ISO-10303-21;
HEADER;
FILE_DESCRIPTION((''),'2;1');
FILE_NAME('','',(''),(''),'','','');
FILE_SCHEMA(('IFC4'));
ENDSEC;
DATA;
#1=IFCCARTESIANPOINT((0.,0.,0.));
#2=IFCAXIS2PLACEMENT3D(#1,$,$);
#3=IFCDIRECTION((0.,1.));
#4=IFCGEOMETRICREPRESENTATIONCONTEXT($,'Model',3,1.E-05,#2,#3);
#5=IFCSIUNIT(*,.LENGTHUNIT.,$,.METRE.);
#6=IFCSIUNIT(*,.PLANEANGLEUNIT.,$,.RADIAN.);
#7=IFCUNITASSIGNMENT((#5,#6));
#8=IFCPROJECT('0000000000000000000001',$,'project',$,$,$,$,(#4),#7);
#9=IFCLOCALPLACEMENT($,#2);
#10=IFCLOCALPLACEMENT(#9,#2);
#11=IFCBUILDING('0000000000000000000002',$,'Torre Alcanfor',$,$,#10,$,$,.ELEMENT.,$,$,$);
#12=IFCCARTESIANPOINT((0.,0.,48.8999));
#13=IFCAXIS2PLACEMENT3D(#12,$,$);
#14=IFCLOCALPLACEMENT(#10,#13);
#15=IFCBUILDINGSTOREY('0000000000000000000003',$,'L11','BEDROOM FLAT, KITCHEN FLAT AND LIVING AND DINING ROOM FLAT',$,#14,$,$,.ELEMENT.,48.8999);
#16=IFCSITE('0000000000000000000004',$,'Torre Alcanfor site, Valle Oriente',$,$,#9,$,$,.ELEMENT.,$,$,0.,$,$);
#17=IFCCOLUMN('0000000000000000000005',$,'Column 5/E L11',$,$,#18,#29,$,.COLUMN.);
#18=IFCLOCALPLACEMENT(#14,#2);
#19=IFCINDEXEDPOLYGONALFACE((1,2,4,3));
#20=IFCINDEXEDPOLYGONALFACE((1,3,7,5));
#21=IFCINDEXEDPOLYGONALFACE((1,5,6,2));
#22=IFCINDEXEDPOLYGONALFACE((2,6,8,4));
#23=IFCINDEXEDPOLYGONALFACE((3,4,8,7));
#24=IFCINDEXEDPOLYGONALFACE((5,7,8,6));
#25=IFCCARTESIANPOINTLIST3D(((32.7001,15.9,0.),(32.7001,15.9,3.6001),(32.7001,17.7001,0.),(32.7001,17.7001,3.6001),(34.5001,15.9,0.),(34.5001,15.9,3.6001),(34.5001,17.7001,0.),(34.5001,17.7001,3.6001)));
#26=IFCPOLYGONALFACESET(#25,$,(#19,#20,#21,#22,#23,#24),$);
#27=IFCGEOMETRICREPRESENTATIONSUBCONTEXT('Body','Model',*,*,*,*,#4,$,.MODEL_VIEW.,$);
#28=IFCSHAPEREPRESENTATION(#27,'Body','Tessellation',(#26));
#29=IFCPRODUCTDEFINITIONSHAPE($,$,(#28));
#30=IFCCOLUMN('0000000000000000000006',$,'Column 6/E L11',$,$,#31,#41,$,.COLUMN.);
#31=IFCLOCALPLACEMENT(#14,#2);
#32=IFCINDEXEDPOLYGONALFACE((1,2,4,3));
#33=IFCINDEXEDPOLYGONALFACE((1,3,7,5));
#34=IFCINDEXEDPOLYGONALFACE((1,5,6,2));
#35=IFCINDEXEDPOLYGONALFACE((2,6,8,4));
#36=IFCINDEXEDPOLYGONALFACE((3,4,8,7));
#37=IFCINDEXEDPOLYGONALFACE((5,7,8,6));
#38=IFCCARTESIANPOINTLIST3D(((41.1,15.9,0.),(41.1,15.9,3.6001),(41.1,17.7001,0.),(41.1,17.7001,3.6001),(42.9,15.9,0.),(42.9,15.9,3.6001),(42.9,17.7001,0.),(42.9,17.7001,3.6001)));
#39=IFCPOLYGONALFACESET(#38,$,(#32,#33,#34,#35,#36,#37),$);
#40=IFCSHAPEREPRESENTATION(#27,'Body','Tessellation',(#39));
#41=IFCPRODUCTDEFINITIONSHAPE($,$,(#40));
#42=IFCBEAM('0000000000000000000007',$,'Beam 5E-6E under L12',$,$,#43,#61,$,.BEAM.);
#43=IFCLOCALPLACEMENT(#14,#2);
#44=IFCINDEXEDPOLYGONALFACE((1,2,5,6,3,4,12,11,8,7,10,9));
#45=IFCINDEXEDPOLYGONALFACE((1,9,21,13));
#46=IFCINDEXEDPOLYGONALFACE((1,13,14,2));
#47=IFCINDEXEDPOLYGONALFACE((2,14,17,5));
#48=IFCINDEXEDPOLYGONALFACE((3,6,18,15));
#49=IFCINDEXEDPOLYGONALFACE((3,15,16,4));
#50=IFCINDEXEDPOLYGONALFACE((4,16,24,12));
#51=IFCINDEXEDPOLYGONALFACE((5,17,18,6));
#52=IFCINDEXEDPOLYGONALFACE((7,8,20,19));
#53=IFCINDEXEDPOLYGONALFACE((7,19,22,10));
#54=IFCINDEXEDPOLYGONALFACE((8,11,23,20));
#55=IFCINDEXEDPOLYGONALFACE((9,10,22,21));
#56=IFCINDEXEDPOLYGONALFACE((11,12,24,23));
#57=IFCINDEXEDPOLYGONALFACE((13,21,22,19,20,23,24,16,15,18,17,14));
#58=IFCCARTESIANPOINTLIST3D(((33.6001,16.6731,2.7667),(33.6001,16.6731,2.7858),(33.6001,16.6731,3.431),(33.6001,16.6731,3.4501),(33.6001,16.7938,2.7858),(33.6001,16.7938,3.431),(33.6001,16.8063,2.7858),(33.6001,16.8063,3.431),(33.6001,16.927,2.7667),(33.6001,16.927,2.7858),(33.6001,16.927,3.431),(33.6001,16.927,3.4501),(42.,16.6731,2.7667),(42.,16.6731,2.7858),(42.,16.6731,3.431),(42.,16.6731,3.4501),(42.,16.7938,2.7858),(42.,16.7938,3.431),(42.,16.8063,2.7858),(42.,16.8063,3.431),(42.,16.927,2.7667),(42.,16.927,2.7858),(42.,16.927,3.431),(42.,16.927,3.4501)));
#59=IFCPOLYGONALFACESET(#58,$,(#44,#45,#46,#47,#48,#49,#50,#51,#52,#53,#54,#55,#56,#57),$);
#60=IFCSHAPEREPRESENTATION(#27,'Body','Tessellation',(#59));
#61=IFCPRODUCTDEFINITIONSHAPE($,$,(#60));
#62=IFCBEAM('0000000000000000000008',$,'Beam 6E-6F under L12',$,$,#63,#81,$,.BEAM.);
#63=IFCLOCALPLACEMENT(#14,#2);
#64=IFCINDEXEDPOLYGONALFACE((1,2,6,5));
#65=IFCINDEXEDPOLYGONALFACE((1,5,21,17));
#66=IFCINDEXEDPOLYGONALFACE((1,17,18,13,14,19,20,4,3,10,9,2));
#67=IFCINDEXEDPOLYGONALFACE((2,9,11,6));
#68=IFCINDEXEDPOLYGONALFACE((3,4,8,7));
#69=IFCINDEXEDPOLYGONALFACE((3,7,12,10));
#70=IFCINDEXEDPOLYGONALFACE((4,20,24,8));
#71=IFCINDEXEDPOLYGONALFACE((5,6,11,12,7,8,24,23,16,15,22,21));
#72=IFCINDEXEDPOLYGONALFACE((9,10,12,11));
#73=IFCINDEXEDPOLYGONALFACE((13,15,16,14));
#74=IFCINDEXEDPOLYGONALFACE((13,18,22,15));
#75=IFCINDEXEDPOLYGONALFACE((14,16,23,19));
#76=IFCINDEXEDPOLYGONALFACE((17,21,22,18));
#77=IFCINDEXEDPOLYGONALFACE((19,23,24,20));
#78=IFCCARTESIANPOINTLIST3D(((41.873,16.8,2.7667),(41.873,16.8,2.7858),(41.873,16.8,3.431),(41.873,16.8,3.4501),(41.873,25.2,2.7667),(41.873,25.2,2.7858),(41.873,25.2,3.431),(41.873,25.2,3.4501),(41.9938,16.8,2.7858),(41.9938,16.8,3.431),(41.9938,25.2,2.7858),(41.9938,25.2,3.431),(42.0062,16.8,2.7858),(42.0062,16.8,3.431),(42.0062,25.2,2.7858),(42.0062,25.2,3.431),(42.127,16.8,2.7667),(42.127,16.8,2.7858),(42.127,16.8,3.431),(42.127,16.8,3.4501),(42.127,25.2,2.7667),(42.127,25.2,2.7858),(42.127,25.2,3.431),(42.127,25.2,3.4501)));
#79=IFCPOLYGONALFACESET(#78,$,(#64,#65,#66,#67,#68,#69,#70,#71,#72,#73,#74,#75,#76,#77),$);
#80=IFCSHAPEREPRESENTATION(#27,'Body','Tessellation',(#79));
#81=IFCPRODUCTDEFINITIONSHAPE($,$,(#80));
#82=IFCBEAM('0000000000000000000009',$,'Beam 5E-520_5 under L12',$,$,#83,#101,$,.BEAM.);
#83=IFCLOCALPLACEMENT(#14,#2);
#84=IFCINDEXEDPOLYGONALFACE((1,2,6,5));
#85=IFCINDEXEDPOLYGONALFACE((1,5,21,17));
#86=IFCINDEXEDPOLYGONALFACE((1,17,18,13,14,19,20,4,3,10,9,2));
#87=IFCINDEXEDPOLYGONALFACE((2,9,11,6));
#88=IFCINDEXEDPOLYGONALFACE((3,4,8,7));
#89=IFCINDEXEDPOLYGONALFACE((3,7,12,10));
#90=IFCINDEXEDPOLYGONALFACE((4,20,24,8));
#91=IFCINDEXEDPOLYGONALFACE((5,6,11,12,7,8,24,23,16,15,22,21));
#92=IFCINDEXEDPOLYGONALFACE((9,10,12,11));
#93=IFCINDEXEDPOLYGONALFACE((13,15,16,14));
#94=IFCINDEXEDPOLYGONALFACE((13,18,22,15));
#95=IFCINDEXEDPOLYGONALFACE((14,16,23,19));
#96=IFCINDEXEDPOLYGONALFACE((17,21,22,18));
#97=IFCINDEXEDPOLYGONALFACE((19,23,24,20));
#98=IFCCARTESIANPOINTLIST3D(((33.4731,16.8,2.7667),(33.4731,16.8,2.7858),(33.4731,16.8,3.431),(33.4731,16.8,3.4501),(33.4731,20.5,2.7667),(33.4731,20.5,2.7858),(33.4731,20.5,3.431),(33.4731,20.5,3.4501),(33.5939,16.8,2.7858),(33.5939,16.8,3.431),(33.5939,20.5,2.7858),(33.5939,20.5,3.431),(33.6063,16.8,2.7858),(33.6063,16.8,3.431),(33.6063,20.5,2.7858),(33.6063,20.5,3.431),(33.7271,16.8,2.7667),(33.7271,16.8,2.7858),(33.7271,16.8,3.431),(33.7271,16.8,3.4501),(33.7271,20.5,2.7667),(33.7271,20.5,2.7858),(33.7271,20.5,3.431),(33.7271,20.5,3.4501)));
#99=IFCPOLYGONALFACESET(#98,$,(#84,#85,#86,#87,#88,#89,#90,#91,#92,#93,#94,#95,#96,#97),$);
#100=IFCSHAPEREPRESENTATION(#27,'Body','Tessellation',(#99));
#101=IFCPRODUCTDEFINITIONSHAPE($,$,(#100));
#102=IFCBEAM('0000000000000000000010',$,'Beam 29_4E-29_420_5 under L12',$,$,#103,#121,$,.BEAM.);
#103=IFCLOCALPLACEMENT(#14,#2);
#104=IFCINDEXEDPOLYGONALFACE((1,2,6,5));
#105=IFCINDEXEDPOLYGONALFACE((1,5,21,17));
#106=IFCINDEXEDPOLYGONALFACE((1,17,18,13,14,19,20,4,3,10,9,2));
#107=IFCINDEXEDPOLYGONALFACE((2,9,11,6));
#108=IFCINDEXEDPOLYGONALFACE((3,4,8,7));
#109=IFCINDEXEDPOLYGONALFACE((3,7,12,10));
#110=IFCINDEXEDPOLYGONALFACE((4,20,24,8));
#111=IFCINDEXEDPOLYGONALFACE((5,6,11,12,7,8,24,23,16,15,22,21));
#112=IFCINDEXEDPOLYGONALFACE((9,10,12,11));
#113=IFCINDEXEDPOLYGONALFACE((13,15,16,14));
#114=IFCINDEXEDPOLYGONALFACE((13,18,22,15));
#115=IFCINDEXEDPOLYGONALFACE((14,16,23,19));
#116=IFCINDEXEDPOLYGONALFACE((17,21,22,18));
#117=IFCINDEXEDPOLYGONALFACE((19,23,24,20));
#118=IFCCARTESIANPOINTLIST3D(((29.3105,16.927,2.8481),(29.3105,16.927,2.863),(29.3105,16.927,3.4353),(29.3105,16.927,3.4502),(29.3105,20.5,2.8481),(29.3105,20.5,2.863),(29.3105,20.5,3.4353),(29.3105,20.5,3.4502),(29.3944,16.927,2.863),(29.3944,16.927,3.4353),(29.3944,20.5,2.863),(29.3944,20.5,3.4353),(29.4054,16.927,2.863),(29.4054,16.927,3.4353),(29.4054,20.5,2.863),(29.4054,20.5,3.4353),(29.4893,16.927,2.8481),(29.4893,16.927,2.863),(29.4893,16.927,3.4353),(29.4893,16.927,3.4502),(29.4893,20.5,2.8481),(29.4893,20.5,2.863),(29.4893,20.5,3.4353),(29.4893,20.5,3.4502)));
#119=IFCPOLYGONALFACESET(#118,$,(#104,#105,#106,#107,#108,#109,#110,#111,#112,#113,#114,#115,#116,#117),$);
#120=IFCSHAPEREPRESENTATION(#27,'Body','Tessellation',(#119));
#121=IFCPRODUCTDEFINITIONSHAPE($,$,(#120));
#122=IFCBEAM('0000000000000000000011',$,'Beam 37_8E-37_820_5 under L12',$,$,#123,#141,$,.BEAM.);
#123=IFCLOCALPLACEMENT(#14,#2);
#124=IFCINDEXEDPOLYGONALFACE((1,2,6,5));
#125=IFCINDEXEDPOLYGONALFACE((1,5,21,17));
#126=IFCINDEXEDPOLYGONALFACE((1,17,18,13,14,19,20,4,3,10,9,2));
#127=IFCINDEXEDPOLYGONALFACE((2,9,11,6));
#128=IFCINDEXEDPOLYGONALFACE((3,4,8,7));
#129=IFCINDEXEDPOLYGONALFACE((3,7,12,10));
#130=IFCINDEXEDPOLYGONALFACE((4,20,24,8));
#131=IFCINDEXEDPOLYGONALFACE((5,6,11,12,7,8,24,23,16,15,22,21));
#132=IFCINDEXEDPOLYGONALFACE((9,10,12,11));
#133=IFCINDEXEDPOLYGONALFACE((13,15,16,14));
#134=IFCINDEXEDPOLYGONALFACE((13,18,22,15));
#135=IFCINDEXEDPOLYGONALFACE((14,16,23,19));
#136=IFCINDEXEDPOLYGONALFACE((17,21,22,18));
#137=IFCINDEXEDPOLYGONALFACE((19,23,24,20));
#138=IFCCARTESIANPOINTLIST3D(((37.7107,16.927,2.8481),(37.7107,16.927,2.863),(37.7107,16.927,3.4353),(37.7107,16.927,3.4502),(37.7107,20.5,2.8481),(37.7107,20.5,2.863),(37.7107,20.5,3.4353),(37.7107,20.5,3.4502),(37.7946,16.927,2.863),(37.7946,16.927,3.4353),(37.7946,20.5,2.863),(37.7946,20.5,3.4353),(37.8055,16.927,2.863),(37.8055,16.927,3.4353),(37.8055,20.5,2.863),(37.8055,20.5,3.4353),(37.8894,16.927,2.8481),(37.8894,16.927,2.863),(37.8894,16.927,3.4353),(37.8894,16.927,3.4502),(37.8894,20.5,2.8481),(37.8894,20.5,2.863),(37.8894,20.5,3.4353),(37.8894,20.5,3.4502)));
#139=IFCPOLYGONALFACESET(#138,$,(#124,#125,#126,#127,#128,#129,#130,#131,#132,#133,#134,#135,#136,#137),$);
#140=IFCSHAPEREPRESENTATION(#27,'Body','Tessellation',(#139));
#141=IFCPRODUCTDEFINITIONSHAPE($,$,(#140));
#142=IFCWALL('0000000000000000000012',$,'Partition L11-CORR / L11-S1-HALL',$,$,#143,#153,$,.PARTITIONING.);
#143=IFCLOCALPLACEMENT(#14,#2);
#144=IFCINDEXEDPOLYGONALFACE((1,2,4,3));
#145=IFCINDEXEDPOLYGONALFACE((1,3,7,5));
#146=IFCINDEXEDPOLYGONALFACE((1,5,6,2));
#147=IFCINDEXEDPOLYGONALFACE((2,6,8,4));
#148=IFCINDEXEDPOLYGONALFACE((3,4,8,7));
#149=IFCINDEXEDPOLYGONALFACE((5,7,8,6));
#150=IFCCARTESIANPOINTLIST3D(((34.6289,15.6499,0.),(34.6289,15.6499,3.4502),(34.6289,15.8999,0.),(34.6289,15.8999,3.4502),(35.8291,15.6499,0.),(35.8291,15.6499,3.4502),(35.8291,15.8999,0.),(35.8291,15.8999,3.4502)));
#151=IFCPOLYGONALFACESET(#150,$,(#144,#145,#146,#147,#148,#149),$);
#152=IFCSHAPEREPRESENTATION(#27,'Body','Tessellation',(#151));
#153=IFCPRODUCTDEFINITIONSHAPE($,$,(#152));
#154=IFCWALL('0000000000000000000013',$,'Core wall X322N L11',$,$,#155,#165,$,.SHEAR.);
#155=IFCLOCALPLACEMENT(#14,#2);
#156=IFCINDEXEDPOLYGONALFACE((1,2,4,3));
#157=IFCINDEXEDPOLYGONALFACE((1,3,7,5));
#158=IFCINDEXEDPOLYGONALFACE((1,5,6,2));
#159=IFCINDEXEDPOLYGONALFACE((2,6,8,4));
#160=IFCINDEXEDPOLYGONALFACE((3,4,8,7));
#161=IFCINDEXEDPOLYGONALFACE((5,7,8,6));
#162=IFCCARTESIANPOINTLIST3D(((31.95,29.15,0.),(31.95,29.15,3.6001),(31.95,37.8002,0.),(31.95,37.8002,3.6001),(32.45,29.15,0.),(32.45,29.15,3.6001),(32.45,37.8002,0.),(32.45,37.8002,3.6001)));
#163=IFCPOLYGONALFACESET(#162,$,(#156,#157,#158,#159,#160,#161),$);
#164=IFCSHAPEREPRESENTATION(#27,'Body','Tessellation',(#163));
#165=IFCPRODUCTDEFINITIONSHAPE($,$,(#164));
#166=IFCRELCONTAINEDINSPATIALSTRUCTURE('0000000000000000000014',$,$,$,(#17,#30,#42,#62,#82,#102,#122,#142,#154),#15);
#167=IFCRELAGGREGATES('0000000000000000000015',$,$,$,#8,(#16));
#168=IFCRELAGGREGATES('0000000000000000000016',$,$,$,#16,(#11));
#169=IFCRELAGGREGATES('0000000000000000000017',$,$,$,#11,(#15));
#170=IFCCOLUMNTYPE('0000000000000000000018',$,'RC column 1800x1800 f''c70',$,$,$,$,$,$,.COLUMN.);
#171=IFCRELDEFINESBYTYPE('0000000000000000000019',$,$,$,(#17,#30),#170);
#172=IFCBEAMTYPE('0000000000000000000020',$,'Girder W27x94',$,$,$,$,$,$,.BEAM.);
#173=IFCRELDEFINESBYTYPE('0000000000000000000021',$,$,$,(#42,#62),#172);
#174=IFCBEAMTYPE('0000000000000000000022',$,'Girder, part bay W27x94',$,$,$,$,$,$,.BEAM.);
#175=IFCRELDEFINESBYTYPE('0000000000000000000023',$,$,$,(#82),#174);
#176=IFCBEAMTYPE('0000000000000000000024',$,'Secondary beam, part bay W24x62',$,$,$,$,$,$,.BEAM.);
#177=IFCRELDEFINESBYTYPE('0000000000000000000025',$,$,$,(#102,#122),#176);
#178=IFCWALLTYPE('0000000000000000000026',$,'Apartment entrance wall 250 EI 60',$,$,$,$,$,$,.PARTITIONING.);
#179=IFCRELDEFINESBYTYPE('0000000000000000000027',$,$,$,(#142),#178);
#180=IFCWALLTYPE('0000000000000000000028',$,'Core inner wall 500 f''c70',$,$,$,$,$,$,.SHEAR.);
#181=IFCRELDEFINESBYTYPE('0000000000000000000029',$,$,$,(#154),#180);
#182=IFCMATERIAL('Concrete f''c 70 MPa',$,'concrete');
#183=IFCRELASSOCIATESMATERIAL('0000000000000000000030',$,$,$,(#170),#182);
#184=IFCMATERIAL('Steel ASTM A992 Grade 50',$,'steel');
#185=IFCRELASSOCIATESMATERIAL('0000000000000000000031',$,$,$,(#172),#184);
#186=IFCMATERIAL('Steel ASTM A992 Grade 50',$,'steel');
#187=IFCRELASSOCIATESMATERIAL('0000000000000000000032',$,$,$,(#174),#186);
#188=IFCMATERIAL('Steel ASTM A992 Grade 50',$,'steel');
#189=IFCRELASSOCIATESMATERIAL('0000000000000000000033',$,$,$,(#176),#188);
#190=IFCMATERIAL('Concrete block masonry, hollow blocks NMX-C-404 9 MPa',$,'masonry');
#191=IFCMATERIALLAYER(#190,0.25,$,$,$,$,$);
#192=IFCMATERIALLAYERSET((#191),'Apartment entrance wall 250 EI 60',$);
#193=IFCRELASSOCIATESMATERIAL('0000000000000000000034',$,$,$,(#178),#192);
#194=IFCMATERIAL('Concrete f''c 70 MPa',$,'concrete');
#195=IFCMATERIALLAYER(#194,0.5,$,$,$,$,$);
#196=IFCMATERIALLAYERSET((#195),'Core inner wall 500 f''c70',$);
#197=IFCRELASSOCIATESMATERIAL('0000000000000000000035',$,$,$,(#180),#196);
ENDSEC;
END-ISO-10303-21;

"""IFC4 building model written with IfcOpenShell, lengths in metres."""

from ifc_helpers import new_model, si_unit, direction, frame, frame_2d, origin, origin_2d, place, context, subcontext, project, spatial, rectangle, i_section, extrude, material, layer, layer_set, material_profile, profile_set, type_object, element, save


model = new_model("IFC4")

# Units and contexts
model_context = context("Model", 3, precision=1e-05, world=origin(), true_north=direction((0.0, 1.0)))
body_context = subcontext(model_context, "Body", "Model", "MODEL_VIEW")
ifc_project = project(units=[si_unit("LENGTHUNIT", "METRE"), si_unit("PLANEANGLEUNIT", "RADIAN")], contexts=[model_context])

# Site, building, storey
site_placement = place(None, origin())
site = spatial("IfcSite", under=ifc_project, at=site_placement, Name="Torre Alcanfor site, Valle Oriente", CompositionType="ELEMENT", RefElevation=0.0)
building_placement = place(site_placement, origin())
building = spatial("IfcBuilding", under=site, at=building_placement, Name="Torre Alcanfor", CompositionType="ELEMENT")
storey_placement = place(building_placement, frame((0.0, 0.0, 48.8999)))
storey = spatial("IfcBuildingStorey", under=building, at=storey_placement, Name="L11", Description="BEDROOM FLAT, KITCHEN FLAT AND LIVING AND DINING ROOM FLAT", CompositionType="ELEMENT", Elevation=48.8999)

# Columns
ifc_material_1 = material(Name="Concrete f'c 70 MPa", Category="concrete")
ifc_material_profile_1 = material_profile(ifc_material_1, rectangle(XDim=1.8, YDim=1.8, at=origin_2d()), Name="1800x1800")
ifc_profile_set_1 = profile_set([ifc_material_profile_1], Name="Concrete f'c 70 MPa")
column_type = type_object("IfcColumnType", Name="RC column 1800x1800 f'c70", PredefinedType="COLUMN", material=ifc_profile_set_1)
for number, where, z_axis, x_axis, name in (
    (1, (33.6001, 16.8, 0.0), (0.0, 0.0, 1.0), (1.0, 0.0, 0.0), "Column 5/E L11"),
    (2, (42.0, 16.8, 0.0), (0.0, 0.0, 1.0), (1.0, 0.0, 0.0), "Column 6/E L11"),
):
    element("IfcColumn", number, at=place(storey_placement, frame(where, z_axis=z_axis, x_axis=x_axis)), inside=storey, type_object=column_type, Name=name, PredefinedType="COLUMN", context=body_context, shape_type="SweptSolid", body=[
        extrude(rectangle(XDim=1.8, YDim=1.8, at=origin_2d()), origin(), (0.0, 0.0, 1.0), 3.6001),
    ])

# Beams
ifc_material_2 = material(Name="Steel ASTM A992 Grade 50", Category="steel")
ifc_material_profile_2 = material_profile(ifc_material_2, i_section(OverallWidth=0.2539, OverallDepth=0.6833, WebThickness=0.0125, FlangeThickness=0.019, at=origin_2d()), Name="W27x94")
ifc_profile_set_2 = profile_set([ifc_material_profile_2], Name="Steel ASTM A992 Grade 50")
beam_type_1 = type_object("IfcBeamType", Name="Girder W27x94", PredefinedType="BEAM", material=ifc_profile_set_2)
for number, where, z_axis, x_axis, name in (
    (3, (33.6001, 16.8, 3.1084), (1.0, 0.0, 0.0), (0.0, 1.0, 0.0), "Beam 5E-6E under L12"),
    (4, (42.0, 16.8, 3.1084), (0.0, 1.0, 0.0), (-1.0, 0.0, 0.0), "Beam 6E-6F under L12"),
):
    element("IfcBeam", number, at=place(storey_placement, frame(where, z_axis=z_axis, x_axis=x_axis)), inside=storey, type_object=beam_type_1, Name=name, PredefinedType="BEAM", context=body_context, shape_type="SweptSolid", body=[
        extrude(i_section(OverallWidth=0.2539, OverallDepth=0.6833, WebThickness=0.0125, FlangeThickness=0.019, at=origin_2d()), origin(), (0.0, 0.0, 1.0), 8.3999),
    ])
ifc_material_3 = material(Name="Steel ASTM A992 Grade 50", Category="steel")
ifc_material_profile_3 = material_profile(ifc_material_3, i_section(OverallWidth=0.2539, OverallDepth=0.6833, WebThickness=0.0125, FlangeThickness=0.019, at=origin_2d()), Name="W27x94")
ifc_profile_set_3 = profile_set([ifc_material_profile_3], Name="Steel ASTM A992 Grade 50")
beam_type_2 = type_object("IfcBeamType", Name="Girder, part bay W27x94", PredefinedType="BEAM", material=ifc_profile_set_3)
beam_placement = place(storey_placement, frame((33.6001, 16.8, 3.1084), z_axis=(0.0, 1.0, 0.0), x_axis=(-1.0, 0.0, 0.0)))
element("IfcBeam", 5, at=beam_placement, inside=storey, type_object=beam_type_2, Name="Beam 5E-520_5 under L12", PredefinedType="BEAM", context=body_context, shape_type="SweptSolid", body=[
    extrude(i_section(OverallWidth=0.2539, OverallDepth=0.6833, WebThickness=0.0125, FlangeThickness=0.019, at=origin_2d()), origin(), (0.0, 0.0, 1.0), 3.7),
])
ifc_material_4 = material(Name="Steel ASTM A992 Grade 50", Category="steel")
ifc_material_profile_4 = material_profile(ifc_material_4, i_section(OverallWidth=0.1787, OverallDepth=0.6021, WebThickness=0.011, FlangeThickness=0.0149, at=origin_2d()), Name="W24x62")
ifc_profile_set_4 = profile_set([ifc_material_profile_4], Name="Steel ASTM A992 Grade 50")
beam_type_3 = type_object("IfcBeamType", Name="Secondary beam, part bay W24x62", PredefinedType="BEAM", material=ifc_profile_set_4)
for number, where, z_axis, x_axis, name in (
    (6, (29.3999, 16.927, 3.1492), (0.0, 1.0, 0.0), (-1.0, 0.0, 0.0), "Beam 29_4E-29_420_5 under L12"),
    (7, (37.8, 16.927, 3.1492), (0.0, 1.0, 0.0), (-1.0, 0.0, 0.0), "Beam 37_8E-37_820_5 under L12"),
):
    element("IfcBeam", number, at=place(storey_placement, frame(where, z_axis=z_axis, x_axis=x_axis)), inside=storey, type_object=beam_type_3, Name=name, PredefinedType="BEAM", context=body_context, shape_type="SweptSolid", body=[
        extrude(i_section(OverallWidth=0.1787, OverallDepth=0.6021, WebThickness=0.011, FlangeThickness=0.0149, at=origin_2d()), origin(), (0.0, 0.0, 1.0), 3.573),
    ])

# Walls
ifc_material_5 = material(Name="Concrete block masonry, hollow blocks NMX-C-404 9 MPa", Category="masonry")
ifc_layer_1 = layer(ifc_material_5, 0.25)
ifc_layer_set_1 = layer_set([ifc_layer_1], Name="Apartment entrance wall 250 EI 60")
wall_type_1 = type_object("IfcWallType", Name="Apartment entrance wall 250 EI 60", PredefinedType="PARTITIONING", material=ifc_layer_set_1)
wall_1_placement = place(storey_placement, frame((35.8291, 15.7749, 0.0), z_axis=(0.0, 0.0, 1.0), x_axis=(-1.0, 0.0, 0.0)))
element("IfcWall", 8, at=wall_1_placement, inside=storey, type_object=wall_type_1, Name="Partition L11-CORR / L11-S1-HALL", PredefinedType="PARTITIONING", context=body_context, shape_type="SweptSolid", body=[
    extrude(rectangle(XDim=1.2002, YDim=0.25, at=frame_2d((0.6001, 0.0))), origin(), (0.0, 0.0, 1.0), 3.4502),
])
ifc_material_6 = material(Name="Concrete f'c 70 MPa", Category="concrete")
ifc_layer_2 = layer(ifc_material_6, 0.5)
ifc_layer_set_2 = layer_set([ifc_layer_2], Name="Core inner wall 500 f'c70")
wall_type_2 = type_object("IfcWallType", Name="Core inner wall 500 f'c70", PredefinedType="SHEAR", material=ifc_layer_set_2)
wall_2_placement = place(storey_placement, frame((32.2, 29.1499, 0.0), z_axis=(0.0, 0.0, 1.0), x_axis=(0.0, 1.0, 0.0)))
element("IfcWall", 9, at=wall_2_placement, inside=storey, type_object=wall_type_2, Name="Core wall X322N L11", PredefinedType="SHEAR", context=body_context, shape_type="SweptSolid", body=[
    extrude(rectangle(XDim=8.6501, YDim=0.5, at=frame_2d((4.3252, 0.0))), origin(), (0.0, 0.0, 1.0), 3.6001),
])

save(model, "model.ifc")
